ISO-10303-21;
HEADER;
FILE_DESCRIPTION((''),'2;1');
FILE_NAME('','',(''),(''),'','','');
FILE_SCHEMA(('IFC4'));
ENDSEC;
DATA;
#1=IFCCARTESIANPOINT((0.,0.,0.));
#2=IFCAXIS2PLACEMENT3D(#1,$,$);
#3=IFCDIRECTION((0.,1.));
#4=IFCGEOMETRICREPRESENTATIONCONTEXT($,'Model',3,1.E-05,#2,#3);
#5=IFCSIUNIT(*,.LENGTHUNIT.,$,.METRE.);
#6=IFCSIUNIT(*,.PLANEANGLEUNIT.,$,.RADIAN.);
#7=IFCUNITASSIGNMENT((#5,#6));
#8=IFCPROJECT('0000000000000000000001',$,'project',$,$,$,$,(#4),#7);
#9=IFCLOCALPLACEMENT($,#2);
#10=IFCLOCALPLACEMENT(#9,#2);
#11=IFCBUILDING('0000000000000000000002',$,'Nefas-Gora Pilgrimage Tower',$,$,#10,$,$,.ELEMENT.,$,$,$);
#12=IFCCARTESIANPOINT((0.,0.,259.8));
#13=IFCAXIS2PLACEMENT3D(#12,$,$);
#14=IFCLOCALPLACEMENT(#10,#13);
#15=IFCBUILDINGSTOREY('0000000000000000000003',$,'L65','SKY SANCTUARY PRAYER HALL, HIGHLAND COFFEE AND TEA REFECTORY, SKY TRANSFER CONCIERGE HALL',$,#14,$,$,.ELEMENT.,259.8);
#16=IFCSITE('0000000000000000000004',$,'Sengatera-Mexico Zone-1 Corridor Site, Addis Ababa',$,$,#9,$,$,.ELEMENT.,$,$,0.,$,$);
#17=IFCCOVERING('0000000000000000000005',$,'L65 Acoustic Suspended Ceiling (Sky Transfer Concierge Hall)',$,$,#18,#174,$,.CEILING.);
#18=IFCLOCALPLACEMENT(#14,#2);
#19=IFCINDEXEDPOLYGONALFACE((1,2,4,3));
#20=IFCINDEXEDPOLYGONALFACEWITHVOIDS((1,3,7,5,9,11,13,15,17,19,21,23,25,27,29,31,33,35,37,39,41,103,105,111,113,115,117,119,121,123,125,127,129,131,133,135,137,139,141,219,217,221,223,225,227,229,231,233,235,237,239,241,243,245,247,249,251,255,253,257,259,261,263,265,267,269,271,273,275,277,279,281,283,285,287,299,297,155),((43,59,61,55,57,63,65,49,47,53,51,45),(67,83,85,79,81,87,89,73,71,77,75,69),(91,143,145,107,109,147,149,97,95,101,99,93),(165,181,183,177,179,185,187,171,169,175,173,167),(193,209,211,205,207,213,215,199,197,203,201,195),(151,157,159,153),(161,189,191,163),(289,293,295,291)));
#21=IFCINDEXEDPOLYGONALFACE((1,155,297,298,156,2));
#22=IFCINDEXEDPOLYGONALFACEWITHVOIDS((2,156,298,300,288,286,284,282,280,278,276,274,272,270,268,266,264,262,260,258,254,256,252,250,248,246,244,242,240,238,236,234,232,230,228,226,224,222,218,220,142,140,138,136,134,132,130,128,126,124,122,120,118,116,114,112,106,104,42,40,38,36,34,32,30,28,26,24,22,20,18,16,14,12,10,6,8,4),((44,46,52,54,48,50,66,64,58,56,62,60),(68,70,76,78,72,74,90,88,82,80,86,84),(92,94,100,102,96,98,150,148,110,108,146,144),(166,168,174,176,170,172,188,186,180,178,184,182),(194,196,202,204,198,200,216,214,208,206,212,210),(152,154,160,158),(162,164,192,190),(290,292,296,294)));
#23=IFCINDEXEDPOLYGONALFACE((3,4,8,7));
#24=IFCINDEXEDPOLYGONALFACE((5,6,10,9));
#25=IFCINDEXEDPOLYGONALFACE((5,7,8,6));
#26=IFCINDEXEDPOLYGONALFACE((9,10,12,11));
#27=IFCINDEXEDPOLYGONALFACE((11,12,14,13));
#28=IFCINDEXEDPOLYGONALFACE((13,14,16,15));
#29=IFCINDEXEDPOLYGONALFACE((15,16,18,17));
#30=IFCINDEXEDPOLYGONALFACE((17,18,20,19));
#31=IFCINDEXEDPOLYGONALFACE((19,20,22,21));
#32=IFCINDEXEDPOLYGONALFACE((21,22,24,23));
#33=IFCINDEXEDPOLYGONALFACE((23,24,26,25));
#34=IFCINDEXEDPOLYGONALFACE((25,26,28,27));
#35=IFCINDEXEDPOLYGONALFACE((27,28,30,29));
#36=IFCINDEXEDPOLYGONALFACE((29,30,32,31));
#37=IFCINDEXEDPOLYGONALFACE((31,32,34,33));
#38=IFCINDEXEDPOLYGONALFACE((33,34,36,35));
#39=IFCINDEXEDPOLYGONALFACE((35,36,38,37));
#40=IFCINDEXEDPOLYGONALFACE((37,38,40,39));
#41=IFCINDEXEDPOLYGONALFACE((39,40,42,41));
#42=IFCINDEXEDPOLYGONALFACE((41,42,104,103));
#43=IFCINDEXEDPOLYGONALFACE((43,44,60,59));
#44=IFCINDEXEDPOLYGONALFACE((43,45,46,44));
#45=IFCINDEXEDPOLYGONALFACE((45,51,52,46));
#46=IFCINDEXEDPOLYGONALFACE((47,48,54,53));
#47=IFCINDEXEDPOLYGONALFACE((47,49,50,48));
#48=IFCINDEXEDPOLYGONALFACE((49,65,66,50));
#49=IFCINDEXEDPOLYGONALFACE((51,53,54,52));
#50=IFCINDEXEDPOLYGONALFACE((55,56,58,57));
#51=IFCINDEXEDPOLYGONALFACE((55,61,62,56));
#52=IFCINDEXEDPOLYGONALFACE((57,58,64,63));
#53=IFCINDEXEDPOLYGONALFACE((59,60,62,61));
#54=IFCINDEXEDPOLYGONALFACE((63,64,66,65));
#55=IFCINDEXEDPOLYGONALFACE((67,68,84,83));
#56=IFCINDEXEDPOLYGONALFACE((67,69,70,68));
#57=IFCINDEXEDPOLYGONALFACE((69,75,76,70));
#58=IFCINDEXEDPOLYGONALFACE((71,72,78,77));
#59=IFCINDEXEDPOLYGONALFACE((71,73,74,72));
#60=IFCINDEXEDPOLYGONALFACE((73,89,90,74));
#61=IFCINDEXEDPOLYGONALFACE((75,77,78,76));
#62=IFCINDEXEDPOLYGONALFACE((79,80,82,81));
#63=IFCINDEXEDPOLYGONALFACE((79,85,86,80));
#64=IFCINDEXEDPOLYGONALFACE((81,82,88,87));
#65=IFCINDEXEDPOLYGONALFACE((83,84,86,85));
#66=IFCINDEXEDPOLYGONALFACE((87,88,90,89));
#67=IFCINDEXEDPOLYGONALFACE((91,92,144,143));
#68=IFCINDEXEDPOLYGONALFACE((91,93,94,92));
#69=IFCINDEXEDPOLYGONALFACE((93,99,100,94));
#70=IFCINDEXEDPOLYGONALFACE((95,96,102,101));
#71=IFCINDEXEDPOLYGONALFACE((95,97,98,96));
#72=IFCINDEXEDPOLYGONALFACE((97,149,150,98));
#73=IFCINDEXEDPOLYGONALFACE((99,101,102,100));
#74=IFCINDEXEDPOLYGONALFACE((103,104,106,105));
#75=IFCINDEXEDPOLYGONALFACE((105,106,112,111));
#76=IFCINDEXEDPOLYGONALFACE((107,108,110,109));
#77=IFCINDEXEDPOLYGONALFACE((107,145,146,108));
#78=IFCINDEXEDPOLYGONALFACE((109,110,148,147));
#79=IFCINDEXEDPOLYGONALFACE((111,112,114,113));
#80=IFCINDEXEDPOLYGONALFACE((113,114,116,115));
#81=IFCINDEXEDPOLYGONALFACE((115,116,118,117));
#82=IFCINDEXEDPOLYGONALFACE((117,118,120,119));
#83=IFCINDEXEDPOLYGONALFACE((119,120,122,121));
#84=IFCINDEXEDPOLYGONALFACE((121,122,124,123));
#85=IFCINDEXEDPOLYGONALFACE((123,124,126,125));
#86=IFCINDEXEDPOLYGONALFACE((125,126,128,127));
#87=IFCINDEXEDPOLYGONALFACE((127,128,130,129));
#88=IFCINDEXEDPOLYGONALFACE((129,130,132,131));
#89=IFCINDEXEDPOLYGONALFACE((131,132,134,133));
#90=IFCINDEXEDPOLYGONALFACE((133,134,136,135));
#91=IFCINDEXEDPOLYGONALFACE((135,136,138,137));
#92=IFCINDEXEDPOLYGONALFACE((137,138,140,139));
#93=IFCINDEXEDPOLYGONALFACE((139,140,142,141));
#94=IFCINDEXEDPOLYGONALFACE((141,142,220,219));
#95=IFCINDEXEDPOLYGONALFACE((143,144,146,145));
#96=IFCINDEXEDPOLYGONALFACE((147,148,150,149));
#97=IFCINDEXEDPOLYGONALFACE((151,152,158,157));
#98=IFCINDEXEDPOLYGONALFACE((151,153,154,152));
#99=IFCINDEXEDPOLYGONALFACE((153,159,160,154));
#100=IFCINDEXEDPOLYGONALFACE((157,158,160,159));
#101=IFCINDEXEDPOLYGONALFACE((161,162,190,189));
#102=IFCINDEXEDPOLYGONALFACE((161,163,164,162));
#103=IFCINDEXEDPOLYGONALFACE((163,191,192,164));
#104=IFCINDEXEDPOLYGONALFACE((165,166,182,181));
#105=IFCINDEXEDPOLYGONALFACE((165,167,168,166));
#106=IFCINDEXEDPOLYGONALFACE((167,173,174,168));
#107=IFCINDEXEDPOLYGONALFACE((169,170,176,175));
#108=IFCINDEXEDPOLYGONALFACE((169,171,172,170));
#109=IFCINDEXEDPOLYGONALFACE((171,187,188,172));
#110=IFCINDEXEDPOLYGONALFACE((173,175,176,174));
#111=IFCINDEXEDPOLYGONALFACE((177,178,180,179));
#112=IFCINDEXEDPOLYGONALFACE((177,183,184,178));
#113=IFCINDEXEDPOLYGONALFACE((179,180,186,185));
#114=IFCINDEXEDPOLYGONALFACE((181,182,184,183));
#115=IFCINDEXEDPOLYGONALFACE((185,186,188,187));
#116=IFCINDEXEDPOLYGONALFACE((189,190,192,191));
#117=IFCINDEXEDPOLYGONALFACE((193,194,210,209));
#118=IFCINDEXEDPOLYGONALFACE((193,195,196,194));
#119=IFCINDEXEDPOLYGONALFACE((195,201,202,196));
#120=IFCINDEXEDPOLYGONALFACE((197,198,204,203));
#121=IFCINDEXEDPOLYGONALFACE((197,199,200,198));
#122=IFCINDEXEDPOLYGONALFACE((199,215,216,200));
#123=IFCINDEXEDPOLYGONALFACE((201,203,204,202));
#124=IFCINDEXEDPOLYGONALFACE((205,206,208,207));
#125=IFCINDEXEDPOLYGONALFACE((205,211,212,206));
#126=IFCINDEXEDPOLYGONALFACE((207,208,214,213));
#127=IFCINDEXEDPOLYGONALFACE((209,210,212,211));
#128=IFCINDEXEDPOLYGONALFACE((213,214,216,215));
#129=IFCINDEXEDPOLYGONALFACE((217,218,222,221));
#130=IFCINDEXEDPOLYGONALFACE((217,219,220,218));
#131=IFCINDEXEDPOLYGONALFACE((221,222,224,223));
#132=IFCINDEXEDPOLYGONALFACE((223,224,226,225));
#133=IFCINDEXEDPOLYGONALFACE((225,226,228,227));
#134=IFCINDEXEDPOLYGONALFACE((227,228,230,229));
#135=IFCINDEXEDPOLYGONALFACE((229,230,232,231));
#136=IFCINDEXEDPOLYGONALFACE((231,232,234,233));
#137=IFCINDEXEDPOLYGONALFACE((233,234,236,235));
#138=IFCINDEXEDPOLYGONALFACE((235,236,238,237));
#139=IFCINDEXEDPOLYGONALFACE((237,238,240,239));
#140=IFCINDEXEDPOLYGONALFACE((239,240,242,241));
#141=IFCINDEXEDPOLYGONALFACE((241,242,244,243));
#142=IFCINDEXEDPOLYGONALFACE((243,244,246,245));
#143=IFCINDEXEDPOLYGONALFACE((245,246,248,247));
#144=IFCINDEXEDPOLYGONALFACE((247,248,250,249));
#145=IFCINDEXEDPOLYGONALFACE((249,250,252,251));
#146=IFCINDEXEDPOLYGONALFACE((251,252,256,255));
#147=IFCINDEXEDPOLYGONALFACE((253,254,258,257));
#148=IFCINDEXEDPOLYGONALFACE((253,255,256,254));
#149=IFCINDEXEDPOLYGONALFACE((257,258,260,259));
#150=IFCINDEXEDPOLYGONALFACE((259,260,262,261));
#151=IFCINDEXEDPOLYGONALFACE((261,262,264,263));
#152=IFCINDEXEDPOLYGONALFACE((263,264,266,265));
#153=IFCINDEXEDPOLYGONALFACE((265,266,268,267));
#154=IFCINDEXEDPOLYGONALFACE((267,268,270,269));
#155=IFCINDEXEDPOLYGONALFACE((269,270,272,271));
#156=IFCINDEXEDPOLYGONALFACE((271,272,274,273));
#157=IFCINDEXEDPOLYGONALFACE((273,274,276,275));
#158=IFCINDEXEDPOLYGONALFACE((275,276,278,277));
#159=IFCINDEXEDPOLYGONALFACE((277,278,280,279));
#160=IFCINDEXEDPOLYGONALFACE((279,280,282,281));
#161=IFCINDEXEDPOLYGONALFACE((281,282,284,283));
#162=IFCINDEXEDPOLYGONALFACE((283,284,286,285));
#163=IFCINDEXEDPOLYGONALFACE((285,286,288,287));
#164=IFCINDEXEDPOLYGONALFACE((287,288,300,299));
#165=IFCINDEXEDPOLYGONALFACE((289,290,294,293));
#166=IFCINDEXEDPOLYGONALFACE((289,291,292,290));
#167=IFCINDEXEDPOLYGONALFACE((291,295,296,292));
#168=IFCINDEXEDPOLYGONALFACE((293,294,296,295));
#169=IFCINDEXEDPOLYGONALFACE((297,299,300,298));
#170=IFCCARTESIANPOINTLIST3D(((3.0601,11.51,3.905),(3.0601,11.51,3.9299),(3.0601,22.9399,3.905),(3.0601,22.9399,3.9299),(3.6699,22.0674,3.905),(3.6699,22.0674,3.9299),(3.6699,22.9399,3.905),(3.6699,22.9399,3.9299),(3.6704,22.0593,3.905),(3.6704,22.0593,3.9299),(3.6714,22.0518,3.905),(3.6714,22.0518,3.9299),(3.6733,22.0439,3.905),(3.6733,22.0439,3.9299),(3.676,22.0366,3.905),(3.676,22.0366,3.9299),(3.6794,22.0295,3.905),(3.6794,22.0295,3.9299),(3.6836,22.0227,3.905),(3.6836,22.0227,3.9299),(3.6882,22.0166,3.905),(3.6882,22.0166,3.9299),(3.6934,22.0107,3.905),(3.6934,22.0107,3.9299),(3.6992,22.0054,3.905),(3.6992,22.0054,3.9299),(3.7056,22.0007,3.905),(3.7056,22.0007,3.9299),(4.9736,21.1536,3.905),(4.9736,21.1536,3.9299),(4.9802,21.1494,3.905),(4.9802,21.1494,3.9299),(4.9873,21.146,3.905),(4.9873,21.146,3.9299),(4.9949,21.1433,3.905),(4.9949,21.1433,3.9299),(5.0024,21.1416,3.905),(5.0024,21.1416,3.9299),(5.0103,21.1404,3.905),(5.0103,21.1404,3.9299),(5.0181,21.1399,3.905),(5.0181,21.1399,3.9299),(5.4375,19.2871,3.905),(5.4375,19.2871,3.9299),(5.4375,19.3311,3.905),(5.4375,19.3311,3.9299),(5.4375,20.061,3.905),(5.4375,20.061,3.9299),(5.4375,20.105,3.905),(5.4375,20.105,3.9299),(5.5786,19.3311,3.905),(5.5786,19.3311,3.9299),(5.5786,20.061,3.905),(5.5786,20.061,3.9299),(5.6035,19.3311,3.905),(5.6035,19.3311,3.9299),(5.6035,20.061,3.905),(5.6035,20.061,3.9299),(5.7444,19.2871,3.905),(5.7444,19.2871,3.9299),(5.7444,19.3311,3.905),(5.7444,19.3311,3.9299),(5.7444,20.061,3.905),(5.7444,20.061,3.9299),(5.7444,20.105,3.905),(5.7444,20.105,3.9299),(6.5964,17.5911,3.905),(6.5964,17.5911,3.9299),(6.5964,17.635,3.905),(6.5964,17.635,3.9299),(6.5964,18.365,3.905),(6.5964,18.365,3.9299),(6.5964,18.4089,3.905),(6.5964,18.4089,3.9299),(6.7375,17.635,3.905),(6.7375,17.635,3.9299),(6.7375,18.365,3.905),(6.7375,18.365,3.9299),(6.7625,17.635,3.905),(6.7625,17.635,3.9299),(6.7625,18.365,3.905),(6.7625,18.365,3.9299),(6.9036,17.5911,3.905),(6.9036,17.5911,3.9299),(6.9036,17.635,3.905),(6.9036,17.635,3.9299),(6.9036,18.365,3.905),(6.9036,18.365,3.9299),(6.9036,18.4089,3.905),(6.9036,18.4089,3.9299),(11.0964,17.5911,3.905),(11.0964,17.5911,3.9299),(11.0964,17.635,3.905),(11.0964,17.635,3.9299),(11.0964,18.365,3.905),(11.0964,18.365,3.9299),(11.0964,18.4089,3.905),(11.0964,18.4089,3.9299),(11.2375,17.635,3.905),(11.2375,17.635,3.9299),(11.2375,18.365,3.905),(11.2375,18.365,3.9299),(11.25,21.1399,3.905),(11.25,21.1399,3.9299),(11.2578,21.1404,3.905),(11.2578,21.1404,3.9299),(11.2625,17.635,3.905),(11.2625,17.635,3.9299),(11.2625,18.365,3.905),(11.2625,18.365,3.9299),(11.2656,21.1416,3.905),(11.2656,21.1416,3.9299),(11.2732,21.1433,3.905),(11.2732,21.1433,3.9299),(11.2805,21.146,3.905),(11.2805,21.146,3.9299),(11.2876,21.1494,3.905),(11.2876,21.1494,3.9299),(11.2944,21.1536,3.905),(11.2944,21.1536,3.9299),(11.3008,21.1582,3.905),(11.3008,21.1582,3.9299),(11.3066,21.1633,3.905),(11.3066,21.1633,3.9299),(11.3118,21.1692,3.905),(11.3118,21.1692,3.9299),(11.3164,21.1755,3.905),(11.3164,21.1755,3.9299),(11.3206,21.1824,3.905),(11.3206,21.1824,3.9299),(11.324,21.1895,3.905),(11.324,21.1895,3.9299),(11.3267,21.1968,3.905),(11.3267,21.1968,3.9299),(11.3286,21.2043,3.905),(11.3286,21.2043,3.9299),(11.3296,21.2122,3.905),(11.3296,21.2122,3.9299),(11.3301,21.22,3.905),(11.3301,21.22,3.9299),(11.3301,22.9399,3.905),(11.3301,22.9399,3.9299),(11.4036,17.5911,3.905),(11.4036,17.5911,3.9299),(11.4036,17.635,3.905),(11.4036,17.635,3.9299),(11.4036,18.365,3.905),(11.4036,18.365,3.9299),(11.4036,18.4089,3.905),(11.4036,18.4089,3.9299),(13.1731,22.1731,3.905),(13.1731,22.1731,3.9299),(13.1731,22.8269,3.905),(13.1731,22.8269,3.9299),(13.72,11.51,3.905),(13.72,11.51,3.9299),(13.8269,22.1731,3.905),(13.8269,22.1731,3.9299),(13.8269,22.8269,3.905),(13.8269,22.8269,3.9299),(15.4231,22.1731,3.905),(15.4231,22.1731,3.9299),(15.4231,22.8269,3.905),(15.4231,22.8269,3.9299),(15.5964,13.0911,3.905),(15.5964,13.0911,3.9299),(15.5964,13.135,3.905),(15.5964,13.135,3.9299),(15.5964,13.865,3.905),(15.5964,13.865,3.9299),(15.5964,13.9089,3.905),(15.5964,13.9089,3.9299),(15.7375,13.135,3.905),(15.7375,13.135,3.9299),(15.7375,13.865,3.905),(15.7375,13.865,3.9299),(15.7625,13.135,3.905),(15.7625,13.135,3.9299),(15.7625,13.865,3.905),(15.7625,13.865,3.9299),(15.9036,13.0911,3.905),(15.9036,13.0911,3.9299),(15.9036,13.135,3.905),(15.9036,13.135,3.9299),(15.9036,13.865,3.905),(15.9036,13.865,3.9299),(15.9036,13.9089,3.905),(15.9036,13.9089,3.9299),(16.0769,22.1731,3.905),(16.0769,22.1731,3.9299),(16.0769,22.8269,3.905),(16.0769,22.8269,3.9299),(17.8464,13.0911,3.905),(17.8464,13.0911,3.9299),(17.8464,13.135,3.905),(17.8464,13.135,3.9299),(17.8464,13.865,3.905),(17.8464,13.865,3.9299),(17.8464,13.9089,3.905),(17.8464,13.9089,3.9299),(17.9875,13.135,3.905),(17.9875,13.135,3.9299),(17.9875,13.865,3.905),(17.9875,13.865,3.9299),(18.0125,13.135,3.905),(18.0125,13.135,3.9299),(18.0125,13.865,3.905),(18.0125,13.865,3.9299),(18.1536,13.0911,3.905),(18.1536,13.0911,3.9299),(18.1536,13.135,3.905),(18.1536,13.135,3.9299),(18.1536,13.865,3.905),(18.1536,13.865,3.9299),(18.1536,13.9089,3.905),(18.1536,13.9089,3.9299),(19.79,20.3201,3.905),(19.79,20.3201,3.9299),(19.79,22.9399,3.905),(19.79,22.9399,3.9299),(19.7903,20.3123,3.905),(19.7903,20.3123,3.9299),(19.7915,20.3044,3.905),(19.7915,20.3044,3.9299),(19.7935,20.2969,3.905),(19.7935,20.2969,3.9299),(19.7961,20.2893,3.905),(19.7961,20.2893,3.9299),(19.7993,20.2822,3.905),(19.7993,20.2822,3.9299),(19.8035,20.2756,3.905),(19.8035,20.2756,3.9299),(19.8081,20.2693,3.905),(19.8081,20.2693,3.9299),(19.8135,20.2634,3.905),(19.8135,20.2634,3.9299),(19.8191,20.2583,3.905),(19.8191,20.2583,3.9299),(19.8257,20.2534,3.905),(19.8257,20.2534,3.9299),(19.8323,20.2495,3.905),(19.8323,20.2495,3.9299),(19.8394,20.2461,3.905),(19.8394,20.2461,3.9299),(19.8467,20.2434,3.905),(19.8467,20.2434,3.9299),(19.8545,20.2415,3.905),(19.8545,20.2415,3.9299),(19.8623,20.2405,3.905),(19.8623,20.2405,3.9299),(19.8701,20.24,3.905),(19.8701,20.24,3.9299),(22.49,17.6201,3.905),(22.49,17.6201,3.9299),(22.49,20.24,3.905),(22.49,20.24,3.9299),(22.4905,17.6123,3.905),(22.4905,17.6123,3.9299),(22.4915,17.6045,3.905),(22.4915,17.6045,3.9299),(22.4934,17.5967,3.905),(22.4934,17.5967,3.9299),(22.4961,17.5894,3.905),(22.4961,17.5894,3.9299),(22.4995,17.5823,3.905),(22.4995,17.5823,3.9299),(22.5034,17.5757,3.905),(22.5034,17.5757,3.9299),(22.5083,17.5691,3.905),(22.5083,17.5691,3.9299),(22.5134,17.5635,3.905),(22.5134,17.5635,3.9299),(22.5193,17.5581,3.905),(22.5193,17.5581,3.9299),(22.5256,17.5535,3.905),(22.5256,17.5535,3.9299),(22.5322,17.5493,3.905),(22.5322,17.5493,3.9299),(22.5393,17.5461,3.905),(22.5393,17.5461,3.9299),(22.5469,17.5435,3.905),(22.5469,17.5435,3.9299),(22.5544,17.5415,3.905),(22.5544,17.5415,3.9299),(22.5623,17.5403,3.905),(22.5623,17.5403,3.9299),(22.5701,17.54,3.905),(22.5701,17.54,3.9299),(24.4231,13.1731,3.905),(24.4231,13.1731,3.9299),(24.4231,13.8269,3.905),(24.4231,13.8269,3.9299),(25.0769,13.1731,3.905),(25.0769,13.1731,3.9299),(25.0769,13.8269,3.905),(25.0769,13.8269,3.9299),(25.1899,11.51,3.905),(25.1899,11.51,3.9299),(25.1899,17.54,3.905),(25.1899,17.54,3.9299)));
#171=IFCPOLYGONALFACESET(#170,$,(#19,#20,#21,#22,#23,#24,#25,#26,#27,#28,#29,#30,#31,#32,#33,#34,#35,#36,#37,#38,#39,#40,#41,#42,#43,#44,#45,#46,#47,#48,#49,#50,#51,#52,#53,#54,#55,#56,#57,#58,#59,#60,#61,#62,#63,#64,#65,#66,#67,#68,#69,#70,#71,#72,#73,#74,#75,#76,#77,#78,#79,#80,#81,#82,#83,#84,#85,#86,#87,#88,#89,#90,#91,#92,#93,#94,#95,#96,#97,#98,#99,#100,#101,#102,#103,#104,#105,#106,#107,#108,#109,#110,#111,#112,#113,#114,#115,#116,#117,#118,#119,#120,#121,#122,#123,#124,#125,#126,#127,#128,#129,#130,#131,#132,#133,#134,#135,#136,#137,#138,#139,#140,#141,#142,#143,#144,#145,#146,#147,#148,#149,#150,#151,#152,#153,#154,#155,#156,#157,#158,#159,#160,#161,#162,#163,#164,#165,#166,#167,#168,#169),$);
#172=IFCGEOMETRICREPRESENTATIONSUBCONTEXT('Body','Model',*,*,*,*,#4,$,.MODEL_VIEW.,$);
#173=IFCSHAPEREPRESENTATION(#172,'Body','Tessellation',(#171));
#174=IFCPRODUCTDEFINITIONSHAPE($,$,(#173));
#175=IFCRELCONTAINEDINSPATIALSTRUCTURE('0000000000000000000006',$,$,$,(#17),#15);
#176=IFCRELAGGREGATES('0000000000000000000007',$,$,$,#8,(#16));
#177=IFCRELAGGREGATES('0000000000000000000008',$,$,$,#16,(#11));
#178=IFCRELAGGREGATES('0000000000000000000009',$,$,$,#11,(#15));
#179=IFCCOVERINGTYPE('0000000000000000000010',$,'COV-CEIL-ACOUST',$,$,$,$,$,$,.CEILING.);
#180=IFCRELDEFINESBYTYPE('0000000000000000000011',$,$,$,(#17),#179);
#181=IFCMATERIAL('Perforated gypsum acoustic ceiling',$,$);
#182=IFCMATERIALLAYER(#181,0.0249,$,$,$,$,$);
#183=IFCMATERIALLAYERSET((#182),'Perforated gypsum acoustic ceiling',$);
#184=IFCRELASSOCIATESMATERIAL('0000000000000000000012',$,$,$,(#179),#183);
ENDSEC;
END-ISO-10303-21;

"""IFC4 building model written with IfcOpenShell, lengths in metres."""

from ifc_helpers import new_model, si_unit, direction, frame, origin, place, context, subcontext, project, spatial, polyline, outline, extrude, material, layer, layer_set, type_object, element, save


model = new_model("IFC4")

# Units and contexts
model_context = context("Model", 3, precision=1e-05, world=origin(), true_north=direction((0.0, 1.0)))
body_context = subcontext(model_context, "Body", "Model", "MODEL_VIEW")
ifc_project = project(units=[si_unit("LENGTHUNIT", "METRE"), si_unit("PLANEANGLEUNIT", "RADIAN")], contexts=[model_context])

# Site, building, storey
site_placement = place(None, origin())
site = spatial("IfcSite", under=ifc_project, at=site_placement, Name="Sengatera-Mexico Zone-1 Corridor Site, Addis Ababa", CompositionType="ELEMENT", RefElevation=0.0)
building_placement = place(site_placement, origin())
building = spatial("IfcBuilding", under=site, at=building_placement, Name="Nefas-Gora Pilgrimage Tower", CompositionType="ELEMENT")
storey_placement = place(building_placement, frame((0.0, 0.0, 259.8)))
storey = spatial("IfcBuildingStorey", under=building, at=storey_placement, Name="L65", Description="SKY SANCTUARY PRAYER HALL, HIGHLAND COFFEE AND TEA REFECTORY, SKY TRANSFER CONCIERGE HALL", CompositionType="ELEMENT", Elevation=259.8)

# Covering
ifc_material_1 = material(Name="Perforated gypsum acoustic ceiling")
ifc_layer_1 = layer(ifc_material_1, 0.0249)
ifc_layer_set_1 = layer_set([ifc_layer_1], Name="Perforated gypsum acoustic ceiling")
covering_type_1 = type_object("IfcCoveringType", Name="COV-CEIL-ACOUST", PredefinedType="CEILING", material=ifc_layer_set_1)
covering_1_placement = place(storey_placement, frame((0.0, 0.0, 3.905)))
element("IfcCovering", 1, at=covering_1_placement, inside=storey, type_object=covering_type_1, Name="L65 Acoustic Suspended Ceiling (Sky Transfer Concierge Hall)", PredefinedType="CEILING", context=body_context, shape_type="SweptSolid", body=[
    extrude(outline(polyline([(3.6699, 22.9399), (3.0601, 22.9399), (3.0601, 11.51), (13.72, 11.51), (25.1899, 11.51), (25.1899, 17.54), (22.5701, 17.54), (22.5623, 17.5403), (22.5544, 17.5415), (22.5469, 17.5435), (22.5393, 17.5461), (22.5322, 17.5493), (22.5256, 17.5535), (22.5193, 17.5581), (22.5134, 17.5635), (22.5083, 17.5691), (22.5034, 17.5757), (22.4995, 17.5823), (22.4961, 17.5894), (22.4934, 17.5967), (22.4915, 17.6045), (22.4905, 17.6123), (22.49, 17.6201), (22.49, 20.24), (19.8701, 20.24), (19.8623, 20.2405), (19.8545, 20.2415), (19.8467, 20.2434), (19.8394, 20.2461), (19.8323, 20.2495), (19.8257, 20.2534), (19.8191, 20.2583), (19.8135, 20.2634), (19.8081, 20.2693), (19.8035, 20.2756), (19.7993, 20.2822), (19.7961, 20.2893), (19.7935, 20.2969), (19.7915, 20.3044), (19.7903, 20.3123), (19.79, 20.3201), (19.79, 22.9399), (11.3301, 22.9399), (11.3301, 21.22), (11.3296, 21.2122), (11.3286, 21.2043), (11.3267, 21.1968), (11.324, 21.1895), (11.3206, 21.1824), (11.3164, 21.1755), (11.3118, 21.1692), (11.3066, 21.1633), (11.3008, 21.1582), (11.2944, 21.1536), (11.2876, 21.1494), (11.2805, 21.146), (11.2732, 21.1433), (11.2656, 21.1416), (11.2578, 21.1404), (11.25, 21.1399), (5.0181, 21.1399), (5.0103, 21.1404), (5.0024, 21.1416), (4.9949, 21.1433), (4.9873, 21.146), (4.9802, 21.1494), (4.9736, 21.1536), (3.7056, 22.0007), (3.6992, 22.0054), (3.6934, 22.0107), (3.6882, 22.0166), (3.6836, 22.0227), (3.6794, 22.0295), (3.676, 22.0366), (3.6733, 22.0439), (3.6714, 22.0518), (3.6704, 22.0593), (3.6699, 22.0674), (3.6699, 22.9399)]), holes=[polyline([(25.0769, 13.1731), (24.4231, 13.1731), (24.4231, 13.8269), (25.0769, 13.8269), (25.0769, 13.1731)]), polyline([(18.1536, 13.865), (18.0125, 13.865), (18.0125, 13.135), (18.1536, 13.135), (18.1536, 13.0911), (17.8464, 13.0911), (17.8464, 13.135), (17.9875, 13.135), (17.9875, 13.865), (17.8464, 13.865), (17.8464, 13.9089), (18.1536, 13.9089), (18.1536, 13.865)]), polyline([(16.0769, 22.8269), (16.0769, 22.1731), (15.4231, 22.1731), (15.4231, 22.8269), (16.0769, 22.8269)]), polyline([(15.9036, 13.9089), (15.9036, 13.865), (15.7625, 13.865), (15.7625, 13.135), (15.9036, 13.135), (15.9036, 13.0911), (15.5964, 13.0911), (15.5964, 13.135), (15.7375, 13.135), (15.7375, 13.865), (15.5964, 13.865), (15.5964, 13.9089), (15.9036, 13.9089)]), polyline([(13.8269, 22.8269), (13.8269, 22.1731), (13.1731, 22.1731), (13.1731, 22.8269), (13.8269, 22.8269)]), polyline([(11.4036, 18.4089), (11.4036, 18.365), (11.2625, 18.365), (11.2625, 17.635), (11.4036, 17.635), (11.4036, 17.5911), (11.0964, 17.5911), (11.0964, 17.635), (11.2375, 17.635), (11.2375, 18.365), (11.0964, 18.365), (11.0964, 18.4089), (11.4036, 18.4089)]), polyline([(6.9036, 18.4089), (6.9036, 18.365), (6.7625, 18.365), (6.7625, 17.635), (6.9036, 17.635), (6.9036, 17.5911), (6.5964, 17.5911), (6.5964, 17.635), (6.7375, 17.635), (6.7375, 18.365), (6.5964, 18.365), (6.5964, 18.4089), (6.9036, 18.4089)]), polyline([(5.7444, 20.105), (5.7444, 20.061), (5.6035, 20.061), (5.6035, 19.3311), (5.7444, 19.3311), (5.7444, 19.2871), (5.4375, 19.2871), (5.4375, 19.3311), (5.5786, 19.3311), (5.5786, 20.061), (5.4375, 20.061), (5.4375, 20.105), (5.7444, 20.105)])]), origin(), (0.0, 0.0, 1.0), 0.0249),
])

save(model, "model.ifc")
